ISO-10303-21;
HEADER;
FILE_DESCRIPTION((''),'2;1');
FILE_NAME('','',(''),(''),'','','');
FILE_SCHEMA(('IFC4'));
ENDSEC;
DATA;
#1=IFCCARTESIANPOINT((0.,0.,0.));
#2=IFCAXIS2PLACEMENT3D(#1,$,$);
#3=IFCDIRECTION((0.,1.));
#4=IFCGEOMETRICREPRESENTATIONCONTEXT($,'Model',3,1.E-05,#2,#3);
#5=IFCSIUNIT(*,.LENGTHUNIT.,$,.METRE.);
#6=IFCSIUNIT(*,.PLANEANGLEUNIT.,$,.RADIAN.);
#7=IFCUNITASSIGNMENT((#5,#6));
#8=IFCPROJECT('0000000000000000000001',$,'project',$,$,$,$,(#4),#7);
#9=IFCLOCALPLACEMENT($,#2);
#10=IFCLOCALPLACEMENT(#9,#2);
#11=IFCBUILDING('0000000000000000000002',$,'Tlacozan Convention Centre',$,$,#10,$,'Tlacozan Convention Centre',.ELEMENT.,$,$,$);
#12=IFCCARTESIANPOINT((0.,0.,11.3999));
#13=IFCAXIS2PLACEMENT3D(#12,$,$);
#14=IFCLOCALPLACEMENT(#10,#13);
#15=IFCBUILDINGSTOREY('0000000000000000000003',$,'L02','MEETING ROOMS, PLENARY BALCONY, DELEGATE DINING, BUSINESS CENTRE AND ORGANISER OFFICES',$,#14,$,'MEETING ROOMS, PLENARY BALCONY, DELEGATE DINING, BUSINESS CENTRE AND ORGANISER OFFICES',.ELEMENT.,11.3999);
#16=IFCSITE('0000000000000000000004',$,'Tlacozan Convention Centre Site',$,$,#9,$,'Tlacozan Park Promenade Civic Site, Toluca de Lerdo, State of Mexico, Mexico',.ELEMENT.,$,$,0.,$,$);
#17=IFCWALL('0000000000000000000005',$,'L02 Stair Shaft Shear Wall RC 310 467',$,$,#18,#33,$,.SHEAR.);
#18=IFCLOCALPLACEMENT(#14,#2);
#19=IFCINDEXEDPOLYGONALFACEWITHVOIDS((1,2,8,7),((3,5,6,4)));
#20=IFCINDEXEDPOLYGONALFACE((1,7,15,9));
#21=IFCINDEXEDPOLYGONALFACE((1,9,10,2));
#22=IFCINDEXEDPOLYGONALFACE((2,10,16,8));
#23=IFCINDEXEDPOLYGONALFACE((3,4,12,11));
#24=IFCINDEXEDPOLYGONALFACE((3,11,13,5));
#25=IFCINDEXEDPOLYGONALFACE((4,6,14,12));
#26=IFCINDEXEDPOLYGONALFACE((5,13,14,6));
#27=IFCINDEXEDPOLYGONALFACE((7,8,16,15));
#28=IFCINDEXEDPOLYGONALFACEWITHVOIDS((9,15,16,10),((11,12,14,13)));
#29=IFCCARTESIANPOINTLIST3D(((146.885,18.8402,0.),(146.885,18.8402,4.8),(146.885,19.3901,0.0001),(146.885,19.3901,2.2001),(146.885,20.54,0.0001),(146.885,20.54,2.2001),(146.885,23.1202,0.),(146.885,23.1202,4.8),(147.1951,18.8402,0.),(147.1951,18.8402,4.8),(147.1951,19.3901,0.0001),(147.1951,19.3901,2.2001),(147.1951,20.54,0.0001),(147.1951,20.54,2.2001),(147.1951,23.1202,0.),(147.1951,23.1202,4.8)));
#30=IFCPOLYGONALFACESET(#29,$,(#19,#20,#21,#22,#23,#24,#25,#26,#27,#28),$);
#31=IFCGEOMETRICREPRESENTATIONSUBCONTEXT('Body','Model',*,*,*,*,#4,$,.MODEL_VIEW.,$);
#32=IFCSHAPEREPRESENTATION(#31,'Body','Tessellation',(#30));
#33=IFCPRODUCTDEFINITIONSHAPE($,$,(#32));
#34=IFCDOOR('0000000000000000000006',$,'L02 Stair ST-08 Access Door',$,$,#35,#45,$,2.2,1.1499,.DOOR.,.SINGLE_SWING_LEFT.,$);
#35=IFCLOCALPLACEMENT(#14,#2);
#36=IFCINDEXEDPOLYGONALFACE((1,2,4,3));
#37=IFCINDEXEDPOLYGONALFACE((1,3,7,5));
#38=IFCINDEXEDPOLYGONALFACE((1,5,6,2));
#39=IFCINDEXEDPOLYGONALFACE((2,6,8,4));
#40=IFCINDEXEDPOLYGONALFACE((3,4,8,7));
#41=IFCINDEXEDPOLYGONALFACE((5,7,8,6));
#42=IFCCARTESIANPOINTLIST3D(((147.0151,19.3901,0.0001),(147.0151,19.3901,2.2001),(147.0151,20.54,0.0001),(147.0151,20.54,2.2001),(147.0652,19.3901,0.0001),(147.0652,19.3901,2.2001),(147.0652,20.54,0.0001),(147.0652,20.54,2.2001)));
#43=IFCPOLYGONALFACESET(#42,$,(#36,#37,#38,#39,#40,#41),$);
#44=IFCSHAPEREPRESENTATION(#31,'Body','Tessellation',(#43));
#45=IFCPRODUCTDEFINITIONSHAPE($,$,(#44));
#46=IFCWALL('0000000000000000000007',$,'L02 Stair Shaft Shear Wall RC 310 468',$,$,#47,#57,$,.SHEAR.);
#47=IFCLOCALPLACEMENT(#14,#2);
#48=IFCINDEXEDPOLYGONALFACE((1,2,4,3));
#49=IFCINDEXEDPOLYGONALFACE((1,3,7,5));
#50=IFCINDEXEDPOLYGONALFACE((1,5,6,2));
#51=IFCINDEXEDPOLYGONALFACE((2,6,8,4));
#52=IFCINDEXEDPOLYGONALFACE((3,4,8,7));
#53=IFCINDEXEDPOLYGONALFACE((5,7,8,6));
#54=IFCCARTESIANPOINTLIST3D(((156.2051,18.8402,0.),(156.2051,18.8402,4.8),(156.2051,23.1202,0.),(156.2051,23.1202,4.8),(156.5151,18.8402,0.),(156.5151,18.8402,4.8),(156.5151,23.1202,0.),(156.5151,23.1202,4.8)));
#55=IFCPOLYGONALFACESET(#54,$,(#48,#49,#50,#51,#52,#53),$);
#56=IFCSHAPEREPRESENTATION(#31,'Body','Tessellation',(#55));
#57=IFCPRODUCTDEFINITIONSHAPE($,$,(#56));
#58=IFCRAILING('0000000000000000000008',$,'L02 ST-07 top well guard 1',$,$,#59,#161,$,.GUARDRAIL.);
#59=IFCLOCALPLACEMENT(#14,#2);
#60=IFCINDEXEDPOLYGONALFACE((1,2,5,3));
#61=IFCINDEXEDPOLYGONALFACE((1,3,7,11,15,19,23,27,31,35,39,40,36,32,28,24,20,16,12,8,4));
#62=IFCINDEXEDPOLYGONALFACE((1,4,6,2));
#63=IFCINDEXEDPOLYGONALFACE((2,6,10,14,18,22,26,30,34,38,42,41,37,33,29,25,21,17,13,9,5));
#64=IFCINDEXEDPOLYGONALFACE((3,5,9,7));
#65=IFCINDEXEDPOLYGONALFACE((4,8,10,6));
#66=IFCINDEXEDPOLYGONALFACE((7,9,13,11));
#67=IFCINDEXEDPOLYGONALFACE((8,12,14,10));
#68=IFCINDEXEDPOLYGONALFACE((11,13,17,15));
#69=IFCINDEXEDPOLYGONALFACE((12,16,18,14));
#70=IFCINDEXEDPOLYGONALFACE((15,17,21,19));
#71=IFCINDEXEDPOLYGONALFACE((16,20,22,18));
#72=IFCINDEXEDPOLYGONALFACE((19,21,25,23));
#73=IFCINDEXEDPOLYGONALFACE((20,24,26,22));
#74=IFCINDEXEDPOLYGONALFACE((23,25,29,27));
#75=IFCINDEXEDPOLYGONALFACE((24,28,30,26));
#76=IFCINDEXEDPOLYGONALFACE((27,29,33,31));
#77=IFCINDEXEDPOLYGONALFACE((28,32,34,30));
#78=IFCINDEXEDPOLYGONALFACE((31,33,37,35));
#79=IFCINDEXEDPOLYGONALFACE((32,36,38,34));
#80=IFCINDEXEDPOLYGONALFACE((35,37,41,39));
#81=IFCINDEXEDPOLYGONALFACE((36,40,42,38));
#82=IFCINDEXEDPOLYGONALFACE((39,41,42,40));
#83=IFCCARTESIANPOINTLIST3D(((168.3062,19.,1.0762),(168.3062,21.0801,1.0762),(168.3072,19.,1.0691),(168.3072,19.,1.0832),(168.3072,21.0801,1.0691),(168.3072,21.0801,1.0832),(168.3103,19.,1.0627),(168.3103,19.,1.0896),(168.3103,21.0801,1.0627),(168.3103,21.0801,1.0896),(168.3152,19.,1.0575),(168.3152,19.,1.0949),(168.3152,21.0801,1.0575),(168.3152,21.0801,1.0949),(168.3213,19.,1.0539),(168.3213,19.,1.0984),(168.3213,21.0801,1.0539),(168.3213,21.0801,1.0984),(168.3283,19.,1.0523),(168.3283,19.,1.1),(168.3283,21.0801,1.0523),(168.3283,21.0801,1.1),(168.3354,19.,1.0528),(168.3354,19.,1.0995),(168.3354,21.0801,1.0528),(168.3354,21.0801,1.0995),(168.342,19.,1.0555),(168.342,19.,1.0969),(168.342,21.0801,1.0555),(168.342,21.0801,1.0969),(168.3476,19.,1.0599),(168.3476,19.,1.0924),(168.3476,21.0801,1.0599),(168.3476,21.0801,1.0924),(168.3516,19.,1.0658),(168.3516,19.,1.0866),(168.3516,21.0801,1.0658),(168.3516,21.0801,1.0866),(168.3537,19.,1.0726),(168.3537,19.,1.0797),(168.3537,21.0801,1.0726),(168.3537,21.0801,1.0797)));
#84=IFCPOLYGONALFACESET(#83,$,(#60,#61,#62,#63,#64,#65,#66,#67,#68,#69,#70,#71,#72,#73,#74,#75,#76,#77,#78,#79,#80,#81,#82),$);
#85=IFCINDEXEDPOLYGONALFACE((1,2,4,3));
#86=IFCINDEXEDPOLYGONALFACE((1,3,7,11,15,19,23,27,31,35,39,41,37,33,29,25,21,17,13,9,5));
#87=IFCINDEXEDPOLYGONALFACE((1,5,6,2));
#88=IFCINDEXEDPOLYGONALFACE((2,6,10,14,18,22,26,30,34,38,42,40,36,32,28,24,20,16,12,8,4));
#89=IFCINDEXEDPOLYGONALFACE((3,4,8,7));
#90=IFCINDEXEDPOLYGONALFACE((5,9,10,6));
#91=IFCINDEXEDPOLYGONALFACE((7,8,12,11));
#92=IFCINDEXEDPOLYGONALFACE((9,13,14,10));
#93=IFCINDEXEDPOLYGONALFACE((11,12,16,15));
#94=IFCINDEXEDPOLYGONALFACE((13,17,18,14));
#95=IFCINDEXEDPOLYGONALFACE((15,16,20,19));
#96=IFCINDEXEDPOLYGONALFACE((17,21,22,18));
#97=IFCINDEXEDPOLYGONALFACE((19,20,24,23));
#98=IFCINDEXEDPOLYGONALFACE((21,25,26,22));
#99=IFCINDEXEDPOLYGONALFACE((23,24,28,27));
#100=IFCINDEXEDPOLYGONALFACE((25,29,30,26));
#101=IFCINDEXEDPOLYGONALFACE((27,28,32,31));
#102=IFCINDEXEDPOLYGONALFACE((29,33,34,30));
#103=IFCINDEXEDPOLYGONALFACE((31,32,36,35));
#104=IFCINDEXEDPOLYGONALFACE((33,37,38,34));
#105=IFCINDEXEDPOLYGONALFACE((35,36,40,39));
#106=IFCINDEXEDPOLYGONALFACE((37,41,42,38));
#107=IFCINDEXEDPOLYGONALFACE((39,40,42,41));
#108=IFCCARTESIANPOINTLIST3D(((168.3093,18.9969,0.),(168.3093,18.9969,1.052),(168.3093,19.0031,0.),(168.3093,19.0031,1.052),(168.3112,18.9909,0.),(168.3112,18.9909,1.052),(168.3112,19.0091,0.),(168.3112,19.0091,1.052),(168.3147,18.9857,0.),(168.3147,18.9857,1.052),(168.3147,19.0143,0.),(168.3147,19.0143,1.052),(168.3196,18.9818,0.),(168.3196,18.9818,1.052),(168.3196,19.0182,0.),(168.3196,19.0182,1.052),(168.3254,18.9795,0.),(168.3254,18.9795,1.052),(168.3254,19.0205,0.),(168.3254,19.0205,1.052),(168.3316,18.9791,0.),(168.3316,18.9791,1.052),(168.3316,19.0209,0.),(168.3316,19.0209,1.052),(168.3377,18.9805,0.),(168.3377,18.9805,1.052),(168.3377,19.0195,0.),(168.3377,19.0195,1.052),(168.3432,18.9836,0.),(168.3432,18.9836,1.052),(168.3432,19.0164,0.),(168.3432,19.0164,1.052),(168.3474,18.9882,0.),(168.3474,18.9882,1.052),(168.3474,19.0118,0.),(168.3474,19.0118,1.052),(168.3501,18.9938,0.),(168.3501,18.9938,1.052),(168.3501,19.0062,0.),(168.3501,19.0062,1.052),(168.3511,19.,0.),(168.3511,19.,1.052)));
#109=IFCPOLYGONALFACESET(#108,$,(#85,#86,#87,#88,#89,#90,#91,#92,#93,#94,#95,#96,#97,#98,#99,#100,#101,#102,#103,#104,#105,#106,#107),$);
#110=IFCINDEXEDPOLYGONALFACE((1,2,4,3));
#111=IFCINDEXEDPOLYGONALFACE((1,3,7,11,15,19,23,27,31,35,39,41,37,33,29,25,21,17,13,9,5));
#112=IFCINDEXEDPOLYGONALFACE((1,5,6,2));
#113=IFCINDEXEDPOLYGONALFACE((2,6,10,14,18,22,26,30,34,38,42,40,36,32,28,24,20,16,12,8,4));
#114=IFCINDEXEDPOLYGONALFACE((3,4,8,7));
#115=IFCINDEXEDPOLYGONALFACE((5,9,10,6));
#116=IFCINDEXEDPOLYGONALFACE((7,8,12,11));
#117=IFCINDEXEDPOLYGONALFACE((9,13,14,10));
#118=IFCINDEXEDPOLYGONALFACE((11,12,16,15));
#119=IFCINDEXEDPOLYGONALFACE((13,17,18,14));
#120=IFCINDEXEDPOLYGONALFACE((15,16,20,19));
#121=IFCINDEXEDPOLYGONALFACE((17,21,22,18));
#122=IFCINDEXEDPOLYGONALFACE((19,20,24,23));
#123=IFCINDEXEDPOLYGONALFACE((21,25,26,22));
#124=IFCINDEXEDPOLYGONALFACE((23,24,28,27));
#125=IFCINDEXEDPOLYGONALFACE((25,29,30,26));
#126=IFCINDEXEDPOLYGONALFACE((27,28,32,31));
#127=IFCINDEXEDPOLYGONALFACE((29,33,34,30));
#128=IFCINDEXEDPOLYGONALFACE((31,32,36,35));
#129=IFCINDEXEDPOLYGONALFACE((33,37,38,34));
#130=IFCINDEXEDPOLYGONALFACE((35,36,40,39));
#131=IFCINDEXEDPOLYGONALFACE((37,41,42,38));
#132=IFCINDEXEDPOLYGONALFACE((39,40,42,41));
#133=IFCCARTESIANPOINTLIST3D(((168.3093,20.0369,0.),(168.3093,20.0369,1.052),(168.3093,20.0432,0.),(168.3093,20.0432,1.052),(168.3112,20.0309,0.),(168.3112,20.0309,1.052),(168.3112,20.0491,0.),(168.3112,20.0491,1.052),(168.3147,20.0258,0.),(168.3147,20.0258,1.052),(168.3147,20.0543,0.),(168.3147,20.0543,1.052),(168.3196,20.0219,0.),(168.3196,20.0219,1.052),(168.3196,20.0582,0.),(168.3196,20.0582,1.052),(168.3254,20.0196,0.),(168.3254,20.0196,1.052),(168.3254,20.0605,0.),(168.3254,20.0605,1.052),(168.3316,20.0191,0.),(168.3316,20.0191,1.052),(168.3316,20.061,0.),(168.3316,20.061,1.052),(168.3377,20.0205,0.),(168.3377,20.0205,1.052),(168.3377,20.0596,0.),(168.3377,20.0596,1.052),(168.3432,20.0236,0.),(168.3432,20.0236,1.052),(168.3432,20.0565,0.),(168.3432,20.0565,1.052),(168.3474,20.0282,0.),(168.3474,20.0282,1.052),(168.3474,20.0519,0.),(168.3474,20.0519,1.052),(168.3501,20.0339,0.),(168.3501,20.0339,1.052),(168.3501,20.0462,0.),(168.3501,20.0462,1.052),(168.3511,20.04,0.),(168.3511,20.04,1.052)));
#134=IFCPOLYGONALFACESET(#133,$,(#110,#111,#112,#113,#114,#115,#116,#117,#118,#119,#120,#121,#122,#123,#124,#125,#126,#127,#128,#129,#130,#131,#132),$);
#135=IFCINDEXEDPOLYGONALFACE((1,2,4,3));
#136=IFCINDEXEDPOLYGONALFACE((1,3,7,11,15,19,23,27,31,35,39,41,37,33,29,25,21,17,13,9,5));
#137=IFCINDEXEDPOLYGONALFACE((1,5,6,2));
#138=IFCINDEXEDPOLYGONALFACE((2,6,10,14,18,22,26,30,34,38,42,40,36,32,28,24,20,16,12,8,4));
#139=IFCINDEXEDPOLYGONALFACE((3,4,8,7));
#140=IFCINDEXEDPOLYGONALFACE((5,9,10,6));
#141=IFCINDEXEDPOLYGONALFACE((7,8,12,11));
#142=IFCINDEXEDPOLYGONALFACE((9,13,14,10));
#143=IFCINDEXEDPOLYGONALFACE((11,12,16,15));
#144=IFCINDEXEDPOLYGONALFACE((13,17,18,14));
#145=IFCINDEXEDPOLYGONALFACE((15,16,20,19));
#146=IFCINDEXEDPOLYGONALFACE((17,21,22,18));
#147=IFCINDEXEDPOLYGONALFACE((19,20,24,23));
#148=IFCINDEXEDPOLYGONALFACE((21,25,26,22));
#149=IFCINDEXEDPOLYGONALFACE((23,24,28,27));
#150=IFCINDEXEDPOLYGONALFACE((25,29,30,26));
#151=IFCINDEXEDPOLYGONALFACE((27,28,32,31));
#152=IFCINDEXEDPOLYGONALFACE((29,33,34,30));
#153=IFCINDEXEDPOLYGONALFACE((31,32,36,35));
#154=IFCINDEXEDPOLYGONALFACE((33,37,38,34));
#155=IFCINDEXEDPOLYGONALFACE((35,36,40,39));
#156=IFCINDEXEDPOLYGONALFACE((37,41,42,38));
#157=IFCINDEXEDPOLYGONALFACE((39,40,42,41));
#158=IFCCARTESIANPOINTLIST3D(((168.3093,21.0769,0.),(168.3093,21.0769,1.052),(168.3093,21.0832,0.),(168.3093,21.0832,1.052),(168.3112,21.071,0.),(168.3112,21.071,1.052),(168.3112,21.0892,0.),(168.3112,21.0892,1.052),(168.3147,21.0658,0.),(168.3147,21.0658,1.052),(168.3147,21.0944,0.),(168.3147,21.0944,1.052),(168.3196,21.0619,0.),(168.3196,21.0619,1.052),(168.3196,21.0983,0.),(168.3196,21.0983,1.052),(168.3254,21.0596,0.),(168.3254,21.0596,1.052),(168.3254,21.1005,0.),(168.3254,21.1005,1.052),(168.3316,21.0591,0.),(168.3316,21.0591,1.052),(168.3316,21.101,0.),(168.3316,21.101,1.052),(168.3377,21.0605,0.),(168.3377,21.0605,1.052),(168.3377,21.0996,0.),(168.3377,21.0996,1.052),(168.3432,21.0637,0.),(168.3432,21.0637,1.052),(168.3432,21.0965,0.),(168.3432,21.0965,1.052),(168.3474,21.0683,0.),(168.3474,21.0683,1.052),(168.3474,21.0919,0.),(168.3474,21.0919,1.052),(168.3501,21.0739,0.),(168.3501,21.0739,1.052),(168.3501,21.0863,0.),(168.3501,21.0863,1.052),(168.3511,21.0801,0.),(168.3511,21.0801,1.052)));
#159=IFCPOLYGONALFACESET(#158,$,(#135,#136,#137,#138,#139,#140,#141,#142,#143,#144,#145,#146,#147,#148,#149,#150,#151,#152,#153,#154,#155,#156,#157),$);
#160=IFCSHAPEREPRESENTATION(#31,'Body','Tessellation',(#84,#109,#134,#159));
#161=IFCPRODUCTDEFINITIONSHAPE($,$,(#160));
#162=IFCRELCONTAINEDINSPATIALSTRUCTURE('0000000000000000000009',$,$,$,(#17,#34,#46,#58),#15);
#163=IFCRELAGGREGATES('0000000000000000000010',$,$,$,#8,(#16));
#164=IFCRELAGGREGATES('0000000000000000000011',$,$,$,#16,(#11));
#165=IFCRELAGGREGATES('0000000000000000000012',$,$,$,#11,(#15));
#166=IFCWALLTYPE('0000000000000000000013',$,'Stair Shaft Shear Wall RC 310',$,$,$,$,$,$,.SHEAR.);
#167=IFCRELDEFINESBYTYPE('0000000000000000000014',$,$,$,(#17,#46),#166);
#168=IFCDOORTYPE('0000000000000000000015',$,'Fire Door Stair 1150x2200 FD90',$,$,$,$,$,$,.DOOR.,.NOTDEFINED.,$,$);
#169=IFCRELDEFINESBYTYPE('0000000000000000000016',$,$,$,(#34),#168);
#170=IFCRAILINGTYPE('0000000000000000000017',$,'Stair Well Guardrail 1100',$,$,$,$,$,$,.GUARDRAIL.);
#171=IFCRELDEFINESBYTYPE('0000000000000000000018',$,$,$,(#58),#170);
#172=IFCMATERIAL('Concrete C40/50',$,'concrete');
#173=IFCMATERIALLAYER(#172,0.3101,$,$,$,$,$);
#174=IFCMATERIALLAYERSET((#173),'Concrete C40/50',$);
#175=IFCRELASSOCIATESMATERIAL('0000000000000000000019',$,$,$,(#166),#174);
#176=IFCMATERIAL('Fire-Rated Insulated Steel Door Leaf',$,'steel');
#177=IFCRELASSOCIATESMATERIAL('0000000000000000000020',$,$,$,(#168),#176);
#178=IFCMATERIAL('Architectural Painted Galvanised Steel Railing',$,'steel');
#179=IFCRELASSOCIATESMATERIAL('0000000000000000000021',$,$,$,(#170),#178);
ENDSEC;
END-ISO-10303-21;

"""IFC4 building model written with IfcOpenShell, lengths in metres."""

from ifc_helpers import new_model, si_unit, direction, frame, frame_2d, origin, origin_2d, place, context, subcontext, project, spatial, rectangle, circle, extrude, material, layer, layer_set, type_object, element, fill, save


model = new_model("IFC4")

# Units and contexts
model_context = context("Model", 3, precision=1e-05, world=origin(), true_north=direction((0.0, 1.0)))
body_context = subcontext(model_context, "Body", "Model", "MODEL_VIEW")
ifc_project = project(units=[si_unit("LENGTHUNIT", "METRE"), si_unit("PLANEANGLEUNIT", "RADIAN")], contexts=[model_context])

# Site, building, storey
site_placement = place(None, origin())
site = spatial("IfcSite", under=ifc_project, at=site_placement, Name="Tlacozan Convention Centre Site", LongName="Tlacozan Park Promenade Civic Site, Toluca de Lerdo, State of Mexico, Mexico", CompositionType="ELEMENT", RefElevation=0.0)
building_placement = place(site_placement, origin())
building = spatial("IfcBuilding", under=site, at=building_placement, Name="Tlacozan Convention Centre", LongName="Tlacozan Convention Centre", CompositionType="ELEMENT")
storey_placement = place(building_placement, frame((0.0, 0.0, 11.3999)))
storey = spatial("IfcBuildingStorey", under=building, at=storey_placement, Name="L02", Description="MEETING ROOMS, PLENARY BALCONY, DELEGATE DINING, BUSINESS CENTRE AND ORGANISER OFFICES", LongName="MEETING ROOMS, PLENARY BALCONY, DELEGATE DINING, BUSINESS CENTRE AND ORGANISER OFFICES", CompositionType="ELEMENT", Elevation=11.3999)

# Shared definitions
ifc_material_1 = material(Name="Concrete C40/50", Category="concrete")

# Shared definitions
ifc_material_2 = material(Name="Fire-Rated Insulated Steel Door Leaf", Category="steel")

# Shared definitions
ifc_layer_1 = layer(ifc_material_1, 0.3101)
ifc_layer_set_1 = layer_set([ifc_layer_1], Name="Concrete C40/50")
wall_type_1 = type_object("IfcWallType", Name="Stair Shaft Shear Wall RC 310", PredefinedType="SHEAR", material=ifc_layer_set_1)

# Shared definitions
door_type_1 = type_object("IfcDoorType", Name="Fire Door Stair 1150x2200 FD90", OperationType="NOTDEFINED", PredefinedType="DOOR", material=ifc_material_2)

# Wall, opening, door
wall_1_placement = place(storey_placement, frame((147.04, 18.8401, 0.0), z_axis=(0.0, 0.0, 1.0), x_axis=(0.0, 1.0, 0.0)))
wall_1 = element("IfcWall", 1, at=wall_1_placement, inside=storey, type_object=wall_type_1, Name="L02 Stair Shaft Shear Wall RC 310 467", PredefinedType="SHEAR", context=body_context, shape_type="SweptSolid", body=[
    extrude(rectangle(XDim=4.28, YDim=0.3101, at=frame_2d((2.1401, 0.0))), origin(), (0.0, 0.0, 1.0), 4.8),
])
opening_1_placement = place(wall_1_placement, frame((0.55, 0.0, 0.0)))
opening_1 = element("IfcOpeningElement", 2, at=opening_1_placement, cuts=wall_1, PredefinedType="OPENING", context=body_context, shape_type="SweptSolid", body=[
    extrude(rectangle(XDim=1.1499, YDim=2.2, at=frame_2d((0.575, 1.1001))), frame((0.0, 0.165, 0.0), z_axis=(0.0, -1.0, 0.0), x_axis=(1.0, 0.0, 0.0)), (0.0, 0.0, 1.0), 0.3301),
])
door_1_placement = place(opening_1_placement, origin())
door_1 = element("IfcDoor", 3, at=door_1_placement, inside=storey, type_object=door_type_1, Name="L02 Stair ST-08 Access Door", OperationType="SINGLE_SWING_LEFT", OverallHeight=2.2, OverallWidth=1.1499, PredefinedType="DOOR", context=body_context, shape_type="SweptSolid", body=[
    extrude(rectangle(XDim=1.1499, YDim=2.2, at=frame_2d((0.575, 1.1001))), frame((0.0, 0.0249, 0.0), z_axis=(0.0, -1.0, 0.0), x_axis=(1.0, 0.0, 0.0)), (0.0, 0.0, 1.0), 0.05),
])
fill(opening_1, door_1)

# Wall
wall_2_placement = place(storey_placement, frame((156.3601, 18.8401, 0.0), z_axis=(0.0, 0.0, 1.0), x_axis=(0.0, 1.0, 0.0)))
element("IfcWall", 4, at=wall_2_placement, inside=storey, type_object=wall_type_1, Name="L02 Stair Shaft Shear Wall RC 310 468", PredefinedType="SHEAR", context=body_context, shape_type="SweptSolid", body=[
    extrude(rectangle(XDim=4.28, YDim=0.3101, at=frame_2d((2.1401, 0.0))), origin(), (0.0, 0.0, 1.0), 4.8),
])

# Railing
ifc_material_3 = material(Name="Architectural Painted Galvanised Steel Railing", Category="steel")
railing_type_1 = type_object("IfcRailingType", Name="Stair Well Guardrail 1100", PredefinedType="GUARDRAIL", material=ifc_material_3)
for number, where, name in (
    (5, (168.3301, 19.0, 0.0), "L02 ST-07 top well guard 1"),
):
    element("IfcRailing", number, at=place(storey_placement, frame(where)), inside=storey, type_object=railing_type_1, Name=name, PredefinedType="GUARDRAIL", context=body_context, shape_type="SweptSolid", body=[
        extrude(circle(Radius=0.0239, at=origin_2d()), frame((0.0, 0.0, 1.0762), z_axis=(0.0, 1.0, 0.0), x_axis=(-1.0, 0.0, 0.0)), (0.0, 0.0, 1.0), 2.0801),
        extrude(circle(Radius=0.021, at=origin_2d()), origin(), (0.0, 0.0, 1.0), 1.052),
        extrude(circle(Radius=0.021, at=origin_2d()), frame((0.0, 1.04, 0.0)), (0.0, 0.0, 1.0), 1.052),
        extrude(circle(Radius=0.021, at=origin_2d()), frame((0.0, 2.0801, 0.0)), (0.0, 0.0, 1.0), 1.052),
    ])

save(model, "model.ifc")
